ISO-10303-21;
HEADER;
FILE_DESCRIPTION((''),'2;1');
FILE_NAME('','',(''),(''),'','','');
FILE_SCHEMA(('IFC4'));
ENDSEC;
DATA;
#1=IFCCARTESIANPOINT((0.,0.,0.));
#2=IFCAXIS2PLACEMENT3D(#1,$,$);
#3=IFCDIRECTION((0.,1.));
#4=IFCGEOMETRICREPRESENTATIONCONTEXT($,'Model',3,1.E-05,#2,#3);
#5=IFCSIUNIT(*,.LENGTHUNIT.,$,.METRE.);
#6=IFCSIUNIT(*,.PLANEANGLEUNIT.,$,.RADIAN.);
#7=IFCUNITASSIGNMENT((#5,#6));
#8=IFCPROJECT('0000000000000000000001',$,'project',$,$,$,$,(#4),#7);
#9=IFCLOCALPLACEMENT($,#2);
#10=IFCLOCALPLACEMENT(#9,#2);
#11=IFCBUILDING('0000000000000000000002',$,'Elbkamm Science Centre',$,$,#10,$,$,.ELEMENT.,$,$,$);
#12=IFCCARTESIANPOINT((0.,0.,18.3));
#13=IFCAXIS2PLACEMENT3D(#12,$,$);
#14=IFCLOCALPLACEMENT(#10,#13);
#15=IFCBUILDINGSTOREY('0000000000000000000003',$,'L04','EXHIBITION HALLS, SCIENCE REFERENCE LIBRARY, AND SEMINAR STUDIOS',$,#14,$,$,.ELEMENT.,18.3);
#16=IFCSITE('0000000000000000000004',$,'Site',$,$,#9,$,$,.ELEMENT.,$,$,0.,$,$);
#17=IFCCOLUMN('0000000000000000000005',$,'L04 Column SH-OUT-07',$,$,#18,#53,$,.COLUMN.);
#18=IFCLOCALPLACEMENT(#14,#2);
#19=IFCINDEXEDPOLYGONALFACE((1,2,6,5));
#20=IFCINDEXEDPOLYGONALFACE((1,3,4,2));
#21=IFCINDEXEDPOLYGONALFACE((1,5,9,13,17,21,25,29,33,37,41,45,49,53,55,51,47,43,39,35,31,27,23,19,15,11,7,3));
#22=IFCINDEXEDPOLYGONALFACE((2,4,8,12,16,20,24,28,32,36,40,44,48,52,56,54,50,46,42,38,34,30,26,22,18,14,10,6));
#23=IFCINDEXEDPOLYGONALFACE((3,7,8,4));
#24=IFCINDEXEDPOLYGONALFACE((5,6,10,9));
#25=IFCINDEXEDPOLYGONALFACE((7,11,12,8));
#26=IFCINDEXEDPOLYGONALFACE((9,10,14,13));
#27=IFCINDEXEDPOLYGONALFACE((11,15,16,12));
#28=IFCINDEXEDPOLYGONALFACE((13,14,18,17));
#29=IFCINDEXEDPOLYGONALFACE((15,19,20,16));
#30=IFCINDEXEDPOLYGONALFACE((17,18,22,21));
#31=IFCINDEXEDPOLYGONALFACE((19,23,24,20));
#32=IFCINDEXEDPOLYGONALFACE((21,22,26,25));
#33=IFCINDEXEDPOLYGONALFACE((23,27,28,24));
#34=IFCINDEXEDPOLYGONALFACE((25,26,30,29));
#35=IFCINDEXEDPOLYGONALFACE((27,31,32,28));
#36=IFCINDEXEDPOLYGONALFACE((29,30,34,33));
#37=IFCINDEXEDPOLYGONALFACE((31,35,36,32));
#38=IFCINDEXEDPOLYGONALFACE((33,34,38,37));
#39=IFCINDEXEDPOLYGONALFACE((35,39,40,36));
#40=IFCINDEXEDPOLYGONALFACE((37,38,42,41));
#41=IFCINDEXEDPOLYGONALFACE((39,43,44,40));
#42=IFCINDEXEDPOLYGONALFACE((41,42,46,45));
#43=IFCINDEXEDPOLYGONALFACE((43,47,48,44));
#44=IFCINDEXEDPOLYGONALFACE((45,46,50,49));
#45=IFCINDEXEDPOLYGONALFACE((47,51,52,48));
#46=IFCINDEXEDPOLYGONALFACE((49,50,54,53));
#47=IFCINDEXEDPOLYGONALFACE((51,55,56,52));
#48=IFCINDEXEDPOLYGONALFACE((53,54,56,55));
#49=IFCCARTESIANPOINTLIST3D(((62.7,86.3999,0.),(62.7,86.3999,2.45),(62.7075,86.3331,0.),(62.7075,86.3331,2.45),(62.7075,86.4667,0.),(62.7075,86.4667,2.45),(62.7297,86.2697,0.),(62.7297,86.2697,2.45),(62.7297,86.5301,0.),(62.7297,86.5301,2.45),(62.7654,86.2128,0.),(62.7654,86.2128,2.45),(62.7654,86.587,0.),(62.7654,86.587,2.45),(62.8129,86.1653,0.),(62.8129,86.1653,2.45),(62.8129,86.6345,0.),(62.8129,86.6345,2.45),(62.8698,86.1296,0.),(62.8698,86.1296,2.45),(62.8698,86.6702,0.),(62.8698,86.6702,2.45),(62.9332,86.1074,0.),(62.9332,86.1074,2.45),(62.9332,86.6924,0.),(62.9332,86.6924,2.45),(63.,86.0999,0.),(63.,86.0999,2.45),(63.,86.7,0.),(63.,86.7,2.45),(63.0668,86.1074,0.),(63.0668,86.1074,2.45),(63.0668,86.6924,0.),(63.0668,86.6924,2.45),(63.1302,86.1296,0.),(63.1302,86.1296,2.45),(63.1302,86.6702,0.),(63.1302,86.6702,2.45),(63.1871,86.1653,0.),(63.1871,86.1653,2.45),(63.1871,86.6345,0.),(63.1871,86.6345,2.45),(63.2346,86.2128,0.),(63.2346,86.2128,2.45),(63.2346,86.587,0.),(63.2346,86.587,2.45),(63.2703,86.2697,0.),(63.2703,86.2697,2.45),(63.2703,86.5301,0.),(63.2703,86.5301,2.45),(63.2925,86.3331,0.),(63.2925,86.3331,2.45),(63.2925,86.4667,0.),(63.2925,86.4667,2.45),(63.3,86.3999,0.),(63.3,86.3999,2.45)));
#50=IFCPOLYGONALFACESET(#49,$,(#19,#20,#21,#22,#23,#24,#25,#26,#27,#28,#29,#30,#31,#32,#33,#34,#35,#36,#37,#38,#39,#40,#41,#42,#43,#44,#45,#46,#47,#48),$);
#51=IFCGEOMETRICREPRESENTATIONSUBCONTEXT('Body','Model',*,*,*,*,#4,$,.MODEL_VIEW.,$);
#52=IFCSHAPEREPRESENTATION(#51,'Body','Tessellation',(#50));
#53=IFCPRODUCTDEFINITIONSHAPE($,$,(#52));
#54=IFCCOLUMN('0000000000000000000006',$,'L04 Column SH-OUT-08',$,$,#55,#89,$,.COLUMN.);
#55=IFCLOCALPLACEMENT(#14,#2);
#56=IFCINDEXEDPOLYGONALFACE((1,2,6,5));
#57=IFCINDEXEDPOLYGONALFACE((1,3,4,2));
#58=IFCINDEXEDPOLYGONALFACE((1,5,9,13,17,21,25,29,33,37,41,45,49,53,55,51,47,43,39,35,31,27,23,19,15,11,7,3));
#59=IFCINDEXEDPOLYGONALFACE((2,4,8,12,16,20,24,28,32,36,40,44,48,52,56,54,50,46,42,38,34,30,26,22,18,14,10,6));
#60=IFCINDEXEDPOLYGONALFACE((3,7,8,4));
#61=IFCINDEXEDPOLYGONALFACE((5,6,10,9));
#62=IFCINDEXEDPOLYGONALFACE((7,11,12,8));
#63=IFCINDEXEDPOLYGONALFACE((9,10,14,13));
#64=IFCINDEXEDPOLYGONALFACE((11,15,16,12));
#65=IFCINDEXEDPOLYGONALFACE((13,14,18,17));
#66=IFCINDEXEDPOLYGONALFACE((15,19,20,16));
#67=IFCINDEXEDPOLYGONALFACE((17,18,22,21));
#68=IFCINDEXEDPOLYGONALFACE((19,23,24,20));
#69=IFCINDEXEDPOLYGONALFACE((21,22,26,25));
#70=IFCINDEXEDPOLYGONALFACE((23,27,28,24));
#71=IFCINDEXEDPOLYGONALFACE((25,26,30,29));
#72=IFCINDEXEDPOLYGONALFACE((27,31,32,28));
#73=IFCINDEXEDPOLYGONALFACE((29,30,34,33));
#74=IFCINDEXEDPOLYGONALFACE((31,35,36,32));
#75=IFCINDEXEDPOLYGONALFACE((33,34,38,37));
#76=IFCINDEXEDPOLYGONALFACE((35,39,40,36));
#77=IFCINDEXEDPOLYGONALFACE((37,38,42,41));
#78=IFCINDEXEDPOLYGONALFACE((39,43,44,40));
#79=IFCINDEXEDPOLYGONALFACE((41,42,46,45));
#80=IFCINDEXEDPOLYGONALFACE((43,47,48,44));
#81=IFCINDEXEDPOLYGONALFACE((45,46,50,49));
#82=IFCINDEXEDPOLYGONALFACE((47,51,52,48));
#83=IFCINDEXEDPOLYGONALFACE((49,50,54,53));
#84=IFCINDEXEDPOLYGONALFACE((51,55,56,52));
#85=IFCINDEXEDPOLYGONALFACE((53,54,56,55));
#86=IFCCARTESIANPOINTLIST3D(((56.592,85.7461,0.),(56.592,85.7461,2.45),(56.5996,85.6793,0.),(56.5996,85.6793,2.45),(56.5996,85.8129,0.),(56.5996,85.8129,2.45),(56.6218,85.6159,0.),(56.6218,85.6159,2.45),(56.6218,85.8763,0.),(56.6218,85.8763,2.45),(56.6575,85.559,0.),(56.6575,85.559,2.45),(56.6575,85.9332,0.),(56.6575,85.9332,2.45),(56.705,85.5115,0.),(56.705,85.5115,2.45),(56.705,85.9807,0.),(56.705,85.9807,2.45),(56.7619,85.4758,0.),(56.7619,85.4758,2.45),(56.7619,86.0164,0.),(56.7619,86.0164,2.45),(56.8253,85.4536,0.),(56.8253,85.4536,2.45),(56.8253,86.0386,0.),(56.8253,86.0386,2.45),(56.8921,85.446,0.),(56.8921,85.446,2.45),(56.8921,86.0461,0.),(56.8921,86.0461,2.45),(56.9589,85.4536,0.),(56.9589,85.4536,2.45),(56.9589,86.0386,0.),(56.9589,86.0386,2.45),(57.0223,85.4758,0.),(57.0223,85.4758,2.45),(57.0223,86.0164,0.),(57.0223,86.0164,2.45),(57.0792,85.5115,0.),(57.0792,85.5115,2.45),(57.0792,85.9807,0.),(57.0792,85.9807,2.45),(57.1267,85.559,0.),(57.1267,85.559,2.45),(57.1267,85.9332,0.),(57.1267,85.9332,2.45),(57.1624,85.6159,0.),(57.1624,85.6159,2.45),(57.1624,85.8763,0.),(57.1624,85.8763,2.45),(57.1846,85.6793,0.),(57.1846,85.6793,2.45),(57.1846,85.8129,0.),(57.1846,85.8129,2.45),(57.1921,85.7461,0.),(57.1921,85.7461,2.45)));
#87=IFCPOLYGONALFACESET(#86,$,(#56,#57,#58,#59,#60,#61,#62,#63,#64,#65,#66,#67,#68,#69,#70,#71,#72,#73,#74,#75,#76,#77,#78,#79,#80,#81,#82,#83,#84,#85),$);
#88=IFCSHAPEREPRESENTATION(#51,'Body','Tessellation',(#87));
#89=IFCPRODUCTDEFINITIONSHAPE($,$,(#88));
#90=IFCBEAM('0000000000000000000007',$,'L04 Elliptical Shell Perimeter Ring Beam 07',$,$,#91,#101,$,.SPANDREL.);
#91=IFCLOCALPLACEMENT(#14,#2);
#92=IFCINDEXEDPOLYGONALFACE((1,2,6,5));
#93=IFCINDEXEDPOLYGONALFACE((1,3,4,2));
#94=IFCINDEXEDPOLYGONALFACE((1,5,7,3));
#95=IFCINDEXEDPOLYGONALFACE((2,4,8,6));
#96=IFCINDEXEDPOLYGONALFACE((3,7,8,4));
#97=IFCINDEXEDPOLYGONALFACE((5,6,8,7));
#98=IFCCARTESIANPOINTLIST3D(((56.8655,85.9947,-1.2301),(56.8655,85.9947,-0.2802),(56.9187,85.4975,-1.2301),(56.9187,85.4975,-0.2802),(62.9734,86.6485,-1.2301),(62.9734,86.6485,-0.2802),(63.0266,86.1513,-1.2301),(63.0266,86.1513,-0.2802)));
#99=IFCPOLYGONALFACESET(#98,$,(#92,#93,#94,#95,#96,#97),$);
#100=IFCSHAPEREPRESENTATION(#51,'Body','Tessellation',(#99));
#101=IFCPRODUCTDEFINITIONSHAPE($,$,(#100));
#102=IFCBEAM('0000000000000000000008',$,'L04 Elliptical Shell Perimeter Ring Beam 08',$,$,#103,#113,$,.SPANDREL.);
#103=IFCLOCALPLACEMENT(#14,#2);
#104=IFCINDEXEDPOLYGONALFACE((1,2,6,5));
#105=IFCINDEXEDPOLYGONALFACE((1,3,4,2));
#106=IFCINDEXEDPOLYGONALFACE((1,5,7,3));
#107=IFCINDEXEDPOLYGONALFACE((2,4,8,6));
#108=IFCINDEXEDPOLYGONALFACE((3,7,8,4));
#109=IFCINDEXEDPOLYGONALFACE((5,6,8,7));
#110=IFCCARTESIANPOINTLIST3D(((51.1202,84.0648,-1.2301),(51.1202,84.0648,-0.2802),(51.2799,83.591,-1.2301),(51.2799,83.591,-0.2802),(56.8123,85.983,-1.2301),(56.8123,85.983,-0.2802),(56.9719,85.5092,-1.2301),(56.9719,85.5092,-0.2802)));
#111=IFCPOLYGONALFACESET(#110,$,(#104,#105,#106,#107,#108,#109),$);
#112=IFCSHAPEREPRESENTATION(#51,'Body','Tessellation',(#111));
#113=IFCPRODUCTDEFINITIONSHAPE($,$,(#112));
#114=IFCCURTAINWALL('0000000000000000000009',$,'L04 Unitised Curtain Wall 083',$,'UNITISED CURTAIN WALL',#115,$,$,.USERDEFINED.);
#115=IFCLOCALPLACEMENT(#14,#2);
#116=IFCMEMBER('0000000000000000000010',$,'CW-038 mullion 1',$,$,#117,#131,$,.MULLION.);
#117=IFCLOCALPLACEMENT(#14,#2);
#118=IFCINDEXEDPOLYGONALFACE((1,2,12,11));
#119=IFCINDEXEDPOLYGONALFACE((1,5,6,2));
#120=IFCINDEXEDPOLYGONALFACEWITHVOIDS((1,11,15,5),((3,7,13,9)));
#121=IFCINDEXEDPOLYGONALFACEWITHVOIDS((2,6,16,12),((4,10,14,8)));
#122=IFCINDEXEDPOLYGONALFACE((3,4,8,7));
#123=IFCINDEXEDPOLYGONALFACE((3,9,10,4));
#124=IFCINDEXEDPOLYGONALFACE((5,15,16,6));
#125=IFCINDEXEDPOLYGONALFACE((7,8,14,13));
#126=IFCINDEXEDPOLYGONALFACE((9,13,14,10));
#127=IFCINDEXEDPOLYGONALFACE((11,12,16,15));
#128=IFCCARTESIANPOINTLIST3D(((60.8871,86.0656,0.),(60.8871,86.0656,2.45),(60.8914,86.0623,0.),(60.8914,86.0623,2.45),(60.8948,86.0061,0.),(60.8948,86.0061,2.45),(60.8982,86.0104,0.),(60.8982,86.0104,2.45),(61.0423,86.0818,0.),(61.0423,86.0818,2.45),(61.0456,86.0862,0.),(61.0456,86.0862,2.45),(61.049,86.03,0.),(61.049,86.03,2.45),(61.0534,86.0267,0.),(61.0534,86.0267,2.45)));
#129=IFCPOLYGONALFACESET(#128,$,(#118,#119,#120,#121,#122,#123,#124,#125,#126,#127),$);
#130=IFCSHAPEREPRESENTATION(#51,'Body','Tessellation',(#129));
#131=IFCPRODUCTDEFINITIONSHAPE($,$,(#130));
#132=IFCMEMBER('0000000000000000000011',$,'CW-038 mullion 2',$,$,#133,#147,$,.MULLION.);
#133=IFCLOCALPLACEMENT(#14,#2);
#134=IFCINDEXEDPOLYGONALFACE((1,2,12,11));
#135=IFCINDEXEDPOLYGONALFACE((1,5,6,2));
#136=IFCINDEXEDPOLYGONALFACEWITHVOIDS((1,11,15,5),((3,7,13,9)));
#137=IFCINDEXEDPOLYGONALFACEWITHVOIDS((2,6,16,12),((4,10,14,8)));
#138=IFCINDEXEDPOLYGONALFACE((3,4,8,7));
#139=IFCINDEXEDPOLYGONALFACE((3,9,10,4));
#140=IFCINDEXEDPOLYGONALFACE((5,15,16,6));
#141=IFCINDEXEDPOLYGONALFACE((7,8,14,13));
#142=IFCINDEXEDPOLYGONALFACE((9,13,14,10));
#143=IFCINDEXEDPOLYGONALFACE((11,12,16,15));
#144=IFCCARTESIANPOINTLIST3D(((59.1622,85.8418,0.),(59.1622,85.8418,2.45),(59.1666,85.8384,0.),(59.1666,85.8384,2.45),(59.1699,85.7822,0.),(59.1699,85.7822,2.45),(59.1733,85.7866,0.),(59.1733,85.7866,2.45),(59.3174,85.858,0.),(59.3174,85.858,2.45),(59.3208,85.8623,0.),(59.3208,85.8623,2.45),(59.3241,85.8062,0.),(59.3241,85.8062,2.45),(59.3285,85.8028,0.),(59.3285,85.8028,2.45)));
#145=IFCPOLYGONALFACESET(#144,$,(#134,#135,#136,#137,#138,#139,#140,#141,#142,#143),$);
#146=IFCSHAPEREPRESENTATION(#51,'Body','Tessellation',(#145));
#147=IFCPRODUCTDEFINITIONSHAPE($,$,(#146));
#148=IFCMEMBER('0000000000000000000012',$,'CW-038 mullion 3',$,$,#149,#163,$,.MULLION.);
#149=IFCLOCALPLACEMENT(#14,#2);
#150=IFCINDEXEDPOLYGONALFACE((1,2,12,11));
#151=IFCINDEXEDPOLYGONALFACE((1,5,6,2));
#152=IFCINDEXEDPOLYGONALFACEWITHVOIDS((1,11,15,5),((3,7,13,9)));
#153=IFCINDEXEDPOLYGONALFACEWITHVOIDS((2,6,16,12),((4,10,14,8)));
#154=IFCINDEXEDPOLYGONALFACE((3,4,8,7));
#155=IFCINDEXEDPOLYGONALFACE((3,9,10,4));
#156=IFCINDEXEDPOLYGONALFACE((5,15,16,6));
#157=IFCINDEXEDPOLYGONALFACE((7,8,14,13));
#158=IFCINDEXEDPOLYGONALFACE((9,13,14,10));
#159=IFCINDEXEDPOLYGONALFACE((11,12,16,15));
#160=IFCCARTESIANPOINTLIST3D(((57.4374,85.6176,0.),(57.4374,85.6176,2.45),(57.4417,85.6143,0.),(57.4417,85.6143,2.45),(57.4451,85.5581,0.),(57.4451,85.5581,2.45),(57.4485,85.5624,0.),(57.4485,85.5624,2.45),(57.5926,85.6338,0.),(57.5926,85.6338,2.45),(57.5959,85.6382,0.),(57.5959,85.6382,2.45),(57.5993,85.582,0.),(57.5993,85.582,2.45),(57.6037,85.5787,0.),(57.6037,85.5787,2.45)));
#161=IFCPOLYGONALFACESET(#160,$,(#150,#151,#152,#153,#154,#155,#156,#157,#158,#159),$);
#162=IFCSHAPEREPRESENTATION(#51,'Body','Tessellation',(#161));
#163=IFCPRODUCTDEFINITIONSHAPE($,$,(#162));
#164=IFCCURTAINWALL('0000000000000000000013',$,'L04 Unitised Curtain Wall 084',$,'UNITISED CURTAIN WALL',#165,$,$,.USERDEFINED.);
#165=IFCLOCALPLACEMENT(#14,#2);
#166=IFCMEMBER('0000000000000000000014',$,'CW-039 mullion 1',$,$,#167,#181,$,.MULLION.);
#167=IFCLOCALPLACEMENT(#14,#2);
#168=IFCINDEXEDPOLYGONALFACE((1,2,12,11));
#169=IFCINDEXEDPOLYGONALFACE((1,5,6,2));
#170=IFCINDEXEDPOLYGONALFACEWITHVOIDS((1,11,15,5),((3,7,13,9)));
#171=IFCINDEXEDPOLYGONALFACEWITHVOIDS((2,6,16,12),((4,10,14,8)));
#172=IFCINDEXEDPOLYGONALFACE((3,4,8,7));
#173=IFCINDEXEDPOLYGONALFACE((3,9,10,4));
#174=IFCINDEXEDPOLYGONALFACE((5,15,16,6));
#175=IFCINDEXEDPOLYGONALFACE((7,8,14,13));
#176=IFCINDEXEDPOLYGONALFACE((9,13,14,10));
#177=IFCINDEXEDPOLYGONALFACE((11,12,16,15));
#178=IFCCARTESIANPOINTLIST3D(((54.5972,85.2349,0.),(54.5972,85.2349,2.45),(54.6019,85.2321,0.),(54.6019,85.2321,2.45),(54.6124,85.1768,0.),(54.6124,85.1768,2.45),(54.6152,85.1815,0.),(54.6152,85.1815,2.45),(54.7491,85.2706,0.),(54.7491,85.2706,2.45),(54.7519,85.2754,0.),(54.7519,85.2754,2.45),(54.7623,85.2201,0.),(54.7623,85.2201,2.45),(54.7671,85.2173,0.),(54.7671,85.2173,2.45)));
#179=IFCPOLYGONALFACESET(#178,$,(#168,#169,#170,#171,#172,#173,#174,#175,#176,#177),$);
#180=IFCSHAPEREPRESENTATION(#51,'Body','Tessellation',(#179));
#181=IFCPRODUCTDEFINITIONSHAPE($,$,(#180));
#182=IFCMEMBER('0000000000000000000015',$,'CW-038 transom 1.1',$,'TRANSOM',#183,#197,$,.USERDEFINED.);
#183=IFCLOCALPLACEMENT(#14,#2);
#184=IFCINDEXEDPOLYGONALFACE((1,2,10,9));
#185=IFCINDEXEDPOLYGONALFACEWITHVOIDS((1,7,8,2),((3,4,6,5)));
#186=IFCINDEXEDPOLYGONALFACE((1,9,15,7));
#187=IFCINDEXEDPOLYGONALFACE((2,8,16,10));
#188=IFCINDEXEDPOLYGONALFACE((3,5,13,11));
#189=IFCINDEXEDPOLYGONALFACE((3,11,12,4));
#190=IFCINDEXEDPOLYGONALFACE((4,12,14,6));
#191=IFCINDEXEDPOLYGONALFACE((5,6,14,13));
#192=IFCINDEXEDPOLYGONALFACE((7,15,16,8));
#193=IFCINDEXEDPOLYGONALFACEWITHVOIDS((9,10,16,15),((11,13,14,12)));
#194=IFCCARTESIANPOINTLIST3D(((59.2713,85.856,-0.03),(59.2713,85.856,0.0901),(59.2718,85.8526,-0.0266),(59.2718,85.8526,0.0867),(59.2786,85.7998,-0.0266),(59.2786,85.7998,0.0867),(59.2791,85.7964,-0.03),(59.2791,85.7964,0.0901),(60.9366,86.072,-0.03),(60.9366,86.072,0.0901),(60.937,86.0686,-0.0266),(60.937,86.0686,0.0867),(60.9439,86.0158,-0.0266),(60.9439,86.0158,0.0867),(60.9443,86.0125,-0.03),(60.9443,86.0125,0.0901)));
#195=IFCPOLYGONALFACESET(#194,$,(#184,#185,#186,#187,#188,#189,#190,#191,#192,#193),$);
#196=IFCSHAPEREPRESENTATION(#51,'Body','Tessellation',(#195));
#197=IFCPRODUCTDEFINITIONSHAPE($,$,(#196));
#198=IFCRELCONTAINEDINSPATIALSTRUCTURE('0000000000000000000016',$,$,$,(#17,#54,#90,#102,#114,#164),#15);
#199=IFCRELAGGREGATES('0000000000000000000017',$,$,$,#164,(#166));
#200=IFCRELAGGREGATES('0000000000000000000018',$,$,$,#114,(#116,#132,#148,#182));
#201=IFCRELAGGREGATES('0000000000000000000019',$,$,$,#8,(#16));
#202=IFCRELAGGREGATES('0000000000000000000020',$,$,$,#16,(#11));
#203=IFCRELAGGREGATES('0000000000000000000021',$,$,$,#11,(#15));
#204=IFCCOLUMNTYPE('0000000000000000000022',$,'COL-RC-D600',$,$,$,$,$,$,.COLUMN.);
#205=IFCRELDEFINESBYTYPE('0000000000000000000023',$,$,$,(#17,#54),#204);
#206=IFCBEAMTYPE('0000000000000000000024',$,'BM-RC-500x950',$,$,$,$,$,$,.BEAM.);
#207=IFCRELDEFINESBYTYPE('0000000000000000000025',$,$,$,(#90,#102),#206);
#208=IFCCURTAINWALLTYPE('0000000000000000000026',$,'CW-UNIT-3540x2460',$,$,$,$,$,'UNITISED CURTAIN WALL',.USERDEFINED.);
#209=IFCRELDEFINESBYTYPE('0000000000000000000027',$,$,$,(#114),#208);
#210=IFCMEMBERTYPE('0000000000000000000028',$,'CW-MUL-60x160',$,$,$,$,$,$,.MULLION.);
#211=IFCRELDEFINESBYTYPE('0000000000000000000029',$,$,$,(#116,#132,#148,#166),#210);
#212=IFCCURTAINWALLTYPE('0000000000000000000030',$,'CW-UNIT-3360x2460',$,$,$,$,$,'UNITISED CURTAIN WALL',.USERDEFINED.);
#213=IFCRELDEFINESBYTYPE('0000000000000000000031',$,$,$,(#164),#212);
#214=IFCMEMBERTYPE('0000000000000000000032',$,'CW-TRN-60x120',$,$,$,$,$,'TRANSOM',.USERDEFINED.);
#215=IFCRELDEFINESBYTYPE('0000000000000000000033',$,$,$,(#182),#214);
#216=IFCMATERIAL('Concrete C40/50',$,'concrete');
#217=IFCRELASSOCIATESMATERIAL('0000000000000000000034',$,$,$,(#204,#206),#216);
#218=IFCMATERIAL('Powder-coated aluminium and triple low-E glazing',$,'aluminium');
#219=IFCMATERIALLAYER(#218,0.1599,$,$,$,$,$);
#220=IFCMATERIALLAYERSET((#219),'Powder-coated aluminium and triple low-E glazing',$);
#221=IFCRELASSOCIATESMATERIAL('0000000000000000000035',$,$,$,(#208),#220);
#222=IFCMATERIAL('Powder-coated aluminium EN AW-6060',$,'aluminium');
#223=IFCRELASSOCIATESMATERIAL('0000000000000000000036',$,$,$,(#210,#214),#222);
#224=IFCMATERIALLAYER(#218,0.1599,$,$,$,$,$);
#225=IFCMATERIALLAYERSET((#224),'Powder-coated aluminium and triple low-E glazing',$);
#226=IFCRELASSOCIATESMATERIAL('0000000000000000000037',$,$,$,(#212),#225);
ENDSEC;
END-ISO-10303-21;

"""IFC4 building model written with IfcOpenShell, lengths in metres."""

from ifc_helpers import new_model, si_unit, direction, frame, origin, origin_2d, place, context, subcontext, project, spatial, rectangle, hollow_rectangle, circle, extrude, material, layer, layer_set, material_profile, profile_set, type_object, element, aggregate, save


model = new_model("IFC4")

# Units and contexts
model_context = context("Model", 3, precision=1e-05, world=origin(), true_north=direction((0.0, 1.0)))
body_context = subcontext(model_context, "Body", "Model", "MODEL_VIEW")
ifc_project = project(units=[si_unit("LENGTHUNIT", "METRE"), si_unit("PLANEANGLEUNIT", "RADIAN")], contexts=[model_context])

# Site, building, storey
site_placement = place(None, origin())
site = spatial("IfcSite", under=ifc_project, at=site_placement, Name="Site", CompositionType="ELEMENT", RefElevation=0.0)
building_placement = place(site_placement, origin())
building = spatial("IfcBuilding", under=site, at=building_placement, Name="Elbkamm Science Centre", CompositionType="ELEMENT")
storey_placement = place(building_placement, frame((0.0, 0.0, 18.3)))
storey = spatial("IfcBuildingStorey", under=building, at=storey_placement, Name="L04", Description="EXHIBITION HALLS, SCIENCE REFERENCE LIBRARY, AND SEMINAR STUDIOS", CompositionType="ELEMENT", Elevation=18.3)

# Columns
ifc_material_1 = material(Name="Concrete C40/50", Category="concrete")
ifc_material_profile_1 = material_profile(ifc_material_1, circle(Radius=0.3, at=origin_2d()), Name="RC D600")
ifc_profile_set_1 = profile_set([ifc_material_profile_1], Name="Concrete C40/50")
column_type = type_object("IfcColumnType", Name="COL-RC-D600", PredefinedType="COLUMN", material=ifc_profile_set_1)
for number, where, z_axis, x_axis, name in (
    (1, (63.0, 86.3999, 0.0), (0.0, 0.0, 1.0), (1.0, 0.0, 0.0), "L04 Column SH-OUT-07"),
    (2, (56.8921, 85.7461, 0.0), (0.0, 0.0, 1.0), (1.0, 0.0, 0.0), "L04 Column SH-OUT-08"),
):
    element("IfcColumn", number, at=place(storey_placement, frame(where, z_axis=z_axis, x_axis=x_axis)), inside=storey, type_object=column_type, Name=name, PredefinedType="COLUMN", context=body_context, shape_type="SweptSolid", body=[
        extrude(circle(Radius=0.3, at=origin_2d()), origin(), (0.0, 0.0, 1.0), 2.45),
    ])

# Beams
ifc_material_profile_2 = material_profile(ifc_material_1, rectangle(XDim=0.5, YDim=0.95, at=origin_2d()), Name="RC 500x950")
ifc_profile_set_2 = profile_set([ifc_material_profile_2], Name="Concrete C40/50")
beam_type = type_object("IfcBeamType", Name="BM-RC-500x950", PredefinedType="BEAM", material=ifc_profile_set_2)
beam_1_placement = place(storey_placement, frame((63.0, 86.3999, -0.7551), z_axis=(-0.99432, -0.106435, 0.0), x_axis=(0.106435, -0.99432, 0.0)))
element("IfcBeam", 3, at=beam_1_placement, inside=storey, type_object=beam_type, Name="L04 Elliptical Shell Perimeter Ring Beam 07", PredefinedType="SPANDREL", context=body_context, shape_type="SweptSolid", body=[
    extrude(rectangle(XDim=0.5, YDim=0.95, at=origin_2d()), origin(), (0.0, 0.0, 1.0), 6.1428),
])
beam_2_placement = place(storey_placement, frame((56.8921, 85.7461, -0.7551), z_axis=(-0.947638, -0.319348, 0.0), x_axis=(0.319348, -0.947638, 0.0)))
element("IfcBeam", 4, at=beam_2_placement, inside=storey, type_object=beam_type, Name="L04 Elliptical Shell Perimeter Ring Beam 08", PredefinedType="SPANDREL", context=body_context, shape_type="SweptSolid", body=[
    extrude(rectangle(XDim=0.5, YDim=0.95, at=origin_2d()), origin(), (0.0, 0.0, 1.0), 6.0066),
])

# Curtain wall, members
ifc_material_2 = material(Name="Powder-coated aluminium and triple low-E glazing", Category="aluminium")
ifc_layer_1 = layer(ifc_material_2, 0.1599)
ifc_layer_set_1 = layer_set([ifc_layer_1], Name="Powder-coated aluminium and triple low-E glazing")
curtain_wall_type_1 = type_object("IfcCurtainWallType", Name="CW-UNIT-3540x2460", ElementType="UNITISED CURTAIN WALL", PredefinedType="USERDEFINED", material=ifc_layer_set_1)
curtain_wall_1_placement = place(storey_placement, origin())
curtain_wall_1 = element("IfcCurtainWall", 5, at=curtain_wall_1_placement, inside=storey, type_object=curtain_wall_type_1, Name="L04 Unitised Curtain Wall 083", ObjectType="UNITISED CURTAIN WALL", PredefinedType="USERDEFINED")
ifc_material_3 = material(Name="Powder-coated aluminium EN AW-6060", Category="aluminium")
ifc_material_profile_3 = material_profile(ifc_material_3, hollow_rectangle(XDim=0.0601, YDim=0.1599, WallThickness=0.0039, at=origin_2d()), Name="ALU M60x160")
ifc_profile_set_3 = profile_set([ifc_material_profile_3], Name="Powder-coated aluminium EN AW-6060")
member_type_1 = type_object("IfcMemberType", Name="CW-MUL-60x160", PredefinedType="MULLION", material=ifc_profile_set_3)
member_1_placement = place(storey_placement, frame((60.9702, 86.0461, 0.0), z_axis=(0.0, 0.0, 1.0), x_axis=(0.12875, -0.991677, 0.0)))
member_1 = element("IfcMember", 6, at=member_1_placement, type_object=member_type_1, Name="CW-038 mullion 1", PredefinedType="MULLION", context=body_context, shape_type="SweptSolid", body=[
    extrude(hollow_rectangle(XDim=0.0601, YDim=0.1599, WallThickness=0.0039, at=origin_2d()), origin(), (0.0, 0.0, 1.0), 2.45),
])
member_2_placement = place(storey_placement, frame((59.2454, 85.8223, 0.0), z_axis=(0.0, 0.0, 1.0), x_axis=(0.12875, -0.991677, 0.0)))
member_2 = element("IfcMember", 7, at=member_2_placement, type_object=member_type_1, Name="CW-038 mullion 2", PredefinedType="MULLION", context=body_context, shape_type="SweptSolid", body=[
    extrude(hollow_rectangle(XDim=0.0601, YDim=0.1599, WallThickness=0.0039, at=origin_2d()), origin(), (0.0, 0.0, 1.0), 2.45),
])
member_3_placement = place(storey_placement, frame((57.5205, 85.5981, 0.0), z_axis=(0.0, 0.0, 1.0), x_axis=(0.12875, -0.991677, 0.0)))
member_3 = element("IfcMember", 8, at=member_3_placement, type_object=member_type_1, Name="CW-038 mullion 3", PredefinedType="MULLION", context=body_context, shape_type="SweptSolid", body=[
    extrude(hollow_rectangle(XDim=0.0601, YDim=0.1599, WallThickness=0.0039, at=origin_2d()), origin(), (0.0, 0.0, 1.0), 2.45),
])

# Curtain wall, member
ifc_layer_2 = layer(ifc_material_2, 0.1599)
ifc_layer_set_2 = layer_set([ifc_layer_2], Name="Powder-coated aluminium and triple low-E glazing")
curtain_wall_type_2 = type_object("IfcCurtainWallType", Name="CW-UNIT-3360x2460", ElementType="UNITISED CURTAIN WALL", PredefinedType="USERDEFINED", material=ifc_layer_set_2)
curtain_wall_2_placement = place(storey_placement, origin())
curtain_wall_2 = element("IfcCurtainWall", 9, at=curtain_wall_2_placement, inside=storey, type_object=curtain_wall_type_2, Name="L04 Unitised Curtain Wall 084", ObjectType="UNITISED CURTAIN WALL", PredefinedType="USERDEFINED")
member_4_placement = place(storey_placement, frame((54.6821, 85.2261, 0.0), z_axis=(0.0, 0.0, 1.0), x_axis=(0.253216, -0.96741, 0.0)))
member_4 = element("IfcMember", 10, at=member_4_placement, type_object=member_type_1, Name="CW-039 mullion 1", PredefinedType="MULLION", context=body_context, shape_type="SweptSolid", body=[
    extrude(hollow_rectangle(XDim=0.0601, YDim=0.1599, WallThickness=0.0039, at=origin_2d()), origin(), (0.0, 0.0, 1.0), 2.45),
])

# Member
ifc_material_profile_4 = material_profile(ifc_material_3, hollow_rectangle(XDim=0.0601, YDim=0.1201, WallThickness=0.0034, at=origin_2d()), Name="ALU T60x120")
ifc_profile_set_4 = profile_set([ifc_material_profile_4], Name="Powder-coated aluminium EN AW-6060")
member_type_2 = type_object("IfcMemberType", Name="CW-TRN-60x120", ElementType="TRANSOM", PredefinedType="USERDEFINED", material=ifc_profile_set_4)
member_5_placement = place(storey_placement, frame((60.9404, 86.0422, 0.03), z_axis=(-0.991688, -0.128668, 0.0), x_axis=(0.128668, -0.991688, 0.0)))
member_5 = element("IfcMember", 11, at=member_5_placement, type_object=member_type_2, Name="CW-038 transom 1.1", ObjectType="TRANSOM", PredefinedType="USERDEFINED", context=body_context, shape_type="SweptSolid", body=[
    extrude(hollow_rectangle(XDim=0.0601, YDim=0.1201, WallThickness=0.0034, at=origin_2d()), origin(), (0.0, 0.0, 1.0), 1.6792),
])
aggregate(curtain_wall_2, [member_4])

aggregate(curtain_wall_1, [member_1, member_2, member_3, member_5])

save(model, "model.ifc")
